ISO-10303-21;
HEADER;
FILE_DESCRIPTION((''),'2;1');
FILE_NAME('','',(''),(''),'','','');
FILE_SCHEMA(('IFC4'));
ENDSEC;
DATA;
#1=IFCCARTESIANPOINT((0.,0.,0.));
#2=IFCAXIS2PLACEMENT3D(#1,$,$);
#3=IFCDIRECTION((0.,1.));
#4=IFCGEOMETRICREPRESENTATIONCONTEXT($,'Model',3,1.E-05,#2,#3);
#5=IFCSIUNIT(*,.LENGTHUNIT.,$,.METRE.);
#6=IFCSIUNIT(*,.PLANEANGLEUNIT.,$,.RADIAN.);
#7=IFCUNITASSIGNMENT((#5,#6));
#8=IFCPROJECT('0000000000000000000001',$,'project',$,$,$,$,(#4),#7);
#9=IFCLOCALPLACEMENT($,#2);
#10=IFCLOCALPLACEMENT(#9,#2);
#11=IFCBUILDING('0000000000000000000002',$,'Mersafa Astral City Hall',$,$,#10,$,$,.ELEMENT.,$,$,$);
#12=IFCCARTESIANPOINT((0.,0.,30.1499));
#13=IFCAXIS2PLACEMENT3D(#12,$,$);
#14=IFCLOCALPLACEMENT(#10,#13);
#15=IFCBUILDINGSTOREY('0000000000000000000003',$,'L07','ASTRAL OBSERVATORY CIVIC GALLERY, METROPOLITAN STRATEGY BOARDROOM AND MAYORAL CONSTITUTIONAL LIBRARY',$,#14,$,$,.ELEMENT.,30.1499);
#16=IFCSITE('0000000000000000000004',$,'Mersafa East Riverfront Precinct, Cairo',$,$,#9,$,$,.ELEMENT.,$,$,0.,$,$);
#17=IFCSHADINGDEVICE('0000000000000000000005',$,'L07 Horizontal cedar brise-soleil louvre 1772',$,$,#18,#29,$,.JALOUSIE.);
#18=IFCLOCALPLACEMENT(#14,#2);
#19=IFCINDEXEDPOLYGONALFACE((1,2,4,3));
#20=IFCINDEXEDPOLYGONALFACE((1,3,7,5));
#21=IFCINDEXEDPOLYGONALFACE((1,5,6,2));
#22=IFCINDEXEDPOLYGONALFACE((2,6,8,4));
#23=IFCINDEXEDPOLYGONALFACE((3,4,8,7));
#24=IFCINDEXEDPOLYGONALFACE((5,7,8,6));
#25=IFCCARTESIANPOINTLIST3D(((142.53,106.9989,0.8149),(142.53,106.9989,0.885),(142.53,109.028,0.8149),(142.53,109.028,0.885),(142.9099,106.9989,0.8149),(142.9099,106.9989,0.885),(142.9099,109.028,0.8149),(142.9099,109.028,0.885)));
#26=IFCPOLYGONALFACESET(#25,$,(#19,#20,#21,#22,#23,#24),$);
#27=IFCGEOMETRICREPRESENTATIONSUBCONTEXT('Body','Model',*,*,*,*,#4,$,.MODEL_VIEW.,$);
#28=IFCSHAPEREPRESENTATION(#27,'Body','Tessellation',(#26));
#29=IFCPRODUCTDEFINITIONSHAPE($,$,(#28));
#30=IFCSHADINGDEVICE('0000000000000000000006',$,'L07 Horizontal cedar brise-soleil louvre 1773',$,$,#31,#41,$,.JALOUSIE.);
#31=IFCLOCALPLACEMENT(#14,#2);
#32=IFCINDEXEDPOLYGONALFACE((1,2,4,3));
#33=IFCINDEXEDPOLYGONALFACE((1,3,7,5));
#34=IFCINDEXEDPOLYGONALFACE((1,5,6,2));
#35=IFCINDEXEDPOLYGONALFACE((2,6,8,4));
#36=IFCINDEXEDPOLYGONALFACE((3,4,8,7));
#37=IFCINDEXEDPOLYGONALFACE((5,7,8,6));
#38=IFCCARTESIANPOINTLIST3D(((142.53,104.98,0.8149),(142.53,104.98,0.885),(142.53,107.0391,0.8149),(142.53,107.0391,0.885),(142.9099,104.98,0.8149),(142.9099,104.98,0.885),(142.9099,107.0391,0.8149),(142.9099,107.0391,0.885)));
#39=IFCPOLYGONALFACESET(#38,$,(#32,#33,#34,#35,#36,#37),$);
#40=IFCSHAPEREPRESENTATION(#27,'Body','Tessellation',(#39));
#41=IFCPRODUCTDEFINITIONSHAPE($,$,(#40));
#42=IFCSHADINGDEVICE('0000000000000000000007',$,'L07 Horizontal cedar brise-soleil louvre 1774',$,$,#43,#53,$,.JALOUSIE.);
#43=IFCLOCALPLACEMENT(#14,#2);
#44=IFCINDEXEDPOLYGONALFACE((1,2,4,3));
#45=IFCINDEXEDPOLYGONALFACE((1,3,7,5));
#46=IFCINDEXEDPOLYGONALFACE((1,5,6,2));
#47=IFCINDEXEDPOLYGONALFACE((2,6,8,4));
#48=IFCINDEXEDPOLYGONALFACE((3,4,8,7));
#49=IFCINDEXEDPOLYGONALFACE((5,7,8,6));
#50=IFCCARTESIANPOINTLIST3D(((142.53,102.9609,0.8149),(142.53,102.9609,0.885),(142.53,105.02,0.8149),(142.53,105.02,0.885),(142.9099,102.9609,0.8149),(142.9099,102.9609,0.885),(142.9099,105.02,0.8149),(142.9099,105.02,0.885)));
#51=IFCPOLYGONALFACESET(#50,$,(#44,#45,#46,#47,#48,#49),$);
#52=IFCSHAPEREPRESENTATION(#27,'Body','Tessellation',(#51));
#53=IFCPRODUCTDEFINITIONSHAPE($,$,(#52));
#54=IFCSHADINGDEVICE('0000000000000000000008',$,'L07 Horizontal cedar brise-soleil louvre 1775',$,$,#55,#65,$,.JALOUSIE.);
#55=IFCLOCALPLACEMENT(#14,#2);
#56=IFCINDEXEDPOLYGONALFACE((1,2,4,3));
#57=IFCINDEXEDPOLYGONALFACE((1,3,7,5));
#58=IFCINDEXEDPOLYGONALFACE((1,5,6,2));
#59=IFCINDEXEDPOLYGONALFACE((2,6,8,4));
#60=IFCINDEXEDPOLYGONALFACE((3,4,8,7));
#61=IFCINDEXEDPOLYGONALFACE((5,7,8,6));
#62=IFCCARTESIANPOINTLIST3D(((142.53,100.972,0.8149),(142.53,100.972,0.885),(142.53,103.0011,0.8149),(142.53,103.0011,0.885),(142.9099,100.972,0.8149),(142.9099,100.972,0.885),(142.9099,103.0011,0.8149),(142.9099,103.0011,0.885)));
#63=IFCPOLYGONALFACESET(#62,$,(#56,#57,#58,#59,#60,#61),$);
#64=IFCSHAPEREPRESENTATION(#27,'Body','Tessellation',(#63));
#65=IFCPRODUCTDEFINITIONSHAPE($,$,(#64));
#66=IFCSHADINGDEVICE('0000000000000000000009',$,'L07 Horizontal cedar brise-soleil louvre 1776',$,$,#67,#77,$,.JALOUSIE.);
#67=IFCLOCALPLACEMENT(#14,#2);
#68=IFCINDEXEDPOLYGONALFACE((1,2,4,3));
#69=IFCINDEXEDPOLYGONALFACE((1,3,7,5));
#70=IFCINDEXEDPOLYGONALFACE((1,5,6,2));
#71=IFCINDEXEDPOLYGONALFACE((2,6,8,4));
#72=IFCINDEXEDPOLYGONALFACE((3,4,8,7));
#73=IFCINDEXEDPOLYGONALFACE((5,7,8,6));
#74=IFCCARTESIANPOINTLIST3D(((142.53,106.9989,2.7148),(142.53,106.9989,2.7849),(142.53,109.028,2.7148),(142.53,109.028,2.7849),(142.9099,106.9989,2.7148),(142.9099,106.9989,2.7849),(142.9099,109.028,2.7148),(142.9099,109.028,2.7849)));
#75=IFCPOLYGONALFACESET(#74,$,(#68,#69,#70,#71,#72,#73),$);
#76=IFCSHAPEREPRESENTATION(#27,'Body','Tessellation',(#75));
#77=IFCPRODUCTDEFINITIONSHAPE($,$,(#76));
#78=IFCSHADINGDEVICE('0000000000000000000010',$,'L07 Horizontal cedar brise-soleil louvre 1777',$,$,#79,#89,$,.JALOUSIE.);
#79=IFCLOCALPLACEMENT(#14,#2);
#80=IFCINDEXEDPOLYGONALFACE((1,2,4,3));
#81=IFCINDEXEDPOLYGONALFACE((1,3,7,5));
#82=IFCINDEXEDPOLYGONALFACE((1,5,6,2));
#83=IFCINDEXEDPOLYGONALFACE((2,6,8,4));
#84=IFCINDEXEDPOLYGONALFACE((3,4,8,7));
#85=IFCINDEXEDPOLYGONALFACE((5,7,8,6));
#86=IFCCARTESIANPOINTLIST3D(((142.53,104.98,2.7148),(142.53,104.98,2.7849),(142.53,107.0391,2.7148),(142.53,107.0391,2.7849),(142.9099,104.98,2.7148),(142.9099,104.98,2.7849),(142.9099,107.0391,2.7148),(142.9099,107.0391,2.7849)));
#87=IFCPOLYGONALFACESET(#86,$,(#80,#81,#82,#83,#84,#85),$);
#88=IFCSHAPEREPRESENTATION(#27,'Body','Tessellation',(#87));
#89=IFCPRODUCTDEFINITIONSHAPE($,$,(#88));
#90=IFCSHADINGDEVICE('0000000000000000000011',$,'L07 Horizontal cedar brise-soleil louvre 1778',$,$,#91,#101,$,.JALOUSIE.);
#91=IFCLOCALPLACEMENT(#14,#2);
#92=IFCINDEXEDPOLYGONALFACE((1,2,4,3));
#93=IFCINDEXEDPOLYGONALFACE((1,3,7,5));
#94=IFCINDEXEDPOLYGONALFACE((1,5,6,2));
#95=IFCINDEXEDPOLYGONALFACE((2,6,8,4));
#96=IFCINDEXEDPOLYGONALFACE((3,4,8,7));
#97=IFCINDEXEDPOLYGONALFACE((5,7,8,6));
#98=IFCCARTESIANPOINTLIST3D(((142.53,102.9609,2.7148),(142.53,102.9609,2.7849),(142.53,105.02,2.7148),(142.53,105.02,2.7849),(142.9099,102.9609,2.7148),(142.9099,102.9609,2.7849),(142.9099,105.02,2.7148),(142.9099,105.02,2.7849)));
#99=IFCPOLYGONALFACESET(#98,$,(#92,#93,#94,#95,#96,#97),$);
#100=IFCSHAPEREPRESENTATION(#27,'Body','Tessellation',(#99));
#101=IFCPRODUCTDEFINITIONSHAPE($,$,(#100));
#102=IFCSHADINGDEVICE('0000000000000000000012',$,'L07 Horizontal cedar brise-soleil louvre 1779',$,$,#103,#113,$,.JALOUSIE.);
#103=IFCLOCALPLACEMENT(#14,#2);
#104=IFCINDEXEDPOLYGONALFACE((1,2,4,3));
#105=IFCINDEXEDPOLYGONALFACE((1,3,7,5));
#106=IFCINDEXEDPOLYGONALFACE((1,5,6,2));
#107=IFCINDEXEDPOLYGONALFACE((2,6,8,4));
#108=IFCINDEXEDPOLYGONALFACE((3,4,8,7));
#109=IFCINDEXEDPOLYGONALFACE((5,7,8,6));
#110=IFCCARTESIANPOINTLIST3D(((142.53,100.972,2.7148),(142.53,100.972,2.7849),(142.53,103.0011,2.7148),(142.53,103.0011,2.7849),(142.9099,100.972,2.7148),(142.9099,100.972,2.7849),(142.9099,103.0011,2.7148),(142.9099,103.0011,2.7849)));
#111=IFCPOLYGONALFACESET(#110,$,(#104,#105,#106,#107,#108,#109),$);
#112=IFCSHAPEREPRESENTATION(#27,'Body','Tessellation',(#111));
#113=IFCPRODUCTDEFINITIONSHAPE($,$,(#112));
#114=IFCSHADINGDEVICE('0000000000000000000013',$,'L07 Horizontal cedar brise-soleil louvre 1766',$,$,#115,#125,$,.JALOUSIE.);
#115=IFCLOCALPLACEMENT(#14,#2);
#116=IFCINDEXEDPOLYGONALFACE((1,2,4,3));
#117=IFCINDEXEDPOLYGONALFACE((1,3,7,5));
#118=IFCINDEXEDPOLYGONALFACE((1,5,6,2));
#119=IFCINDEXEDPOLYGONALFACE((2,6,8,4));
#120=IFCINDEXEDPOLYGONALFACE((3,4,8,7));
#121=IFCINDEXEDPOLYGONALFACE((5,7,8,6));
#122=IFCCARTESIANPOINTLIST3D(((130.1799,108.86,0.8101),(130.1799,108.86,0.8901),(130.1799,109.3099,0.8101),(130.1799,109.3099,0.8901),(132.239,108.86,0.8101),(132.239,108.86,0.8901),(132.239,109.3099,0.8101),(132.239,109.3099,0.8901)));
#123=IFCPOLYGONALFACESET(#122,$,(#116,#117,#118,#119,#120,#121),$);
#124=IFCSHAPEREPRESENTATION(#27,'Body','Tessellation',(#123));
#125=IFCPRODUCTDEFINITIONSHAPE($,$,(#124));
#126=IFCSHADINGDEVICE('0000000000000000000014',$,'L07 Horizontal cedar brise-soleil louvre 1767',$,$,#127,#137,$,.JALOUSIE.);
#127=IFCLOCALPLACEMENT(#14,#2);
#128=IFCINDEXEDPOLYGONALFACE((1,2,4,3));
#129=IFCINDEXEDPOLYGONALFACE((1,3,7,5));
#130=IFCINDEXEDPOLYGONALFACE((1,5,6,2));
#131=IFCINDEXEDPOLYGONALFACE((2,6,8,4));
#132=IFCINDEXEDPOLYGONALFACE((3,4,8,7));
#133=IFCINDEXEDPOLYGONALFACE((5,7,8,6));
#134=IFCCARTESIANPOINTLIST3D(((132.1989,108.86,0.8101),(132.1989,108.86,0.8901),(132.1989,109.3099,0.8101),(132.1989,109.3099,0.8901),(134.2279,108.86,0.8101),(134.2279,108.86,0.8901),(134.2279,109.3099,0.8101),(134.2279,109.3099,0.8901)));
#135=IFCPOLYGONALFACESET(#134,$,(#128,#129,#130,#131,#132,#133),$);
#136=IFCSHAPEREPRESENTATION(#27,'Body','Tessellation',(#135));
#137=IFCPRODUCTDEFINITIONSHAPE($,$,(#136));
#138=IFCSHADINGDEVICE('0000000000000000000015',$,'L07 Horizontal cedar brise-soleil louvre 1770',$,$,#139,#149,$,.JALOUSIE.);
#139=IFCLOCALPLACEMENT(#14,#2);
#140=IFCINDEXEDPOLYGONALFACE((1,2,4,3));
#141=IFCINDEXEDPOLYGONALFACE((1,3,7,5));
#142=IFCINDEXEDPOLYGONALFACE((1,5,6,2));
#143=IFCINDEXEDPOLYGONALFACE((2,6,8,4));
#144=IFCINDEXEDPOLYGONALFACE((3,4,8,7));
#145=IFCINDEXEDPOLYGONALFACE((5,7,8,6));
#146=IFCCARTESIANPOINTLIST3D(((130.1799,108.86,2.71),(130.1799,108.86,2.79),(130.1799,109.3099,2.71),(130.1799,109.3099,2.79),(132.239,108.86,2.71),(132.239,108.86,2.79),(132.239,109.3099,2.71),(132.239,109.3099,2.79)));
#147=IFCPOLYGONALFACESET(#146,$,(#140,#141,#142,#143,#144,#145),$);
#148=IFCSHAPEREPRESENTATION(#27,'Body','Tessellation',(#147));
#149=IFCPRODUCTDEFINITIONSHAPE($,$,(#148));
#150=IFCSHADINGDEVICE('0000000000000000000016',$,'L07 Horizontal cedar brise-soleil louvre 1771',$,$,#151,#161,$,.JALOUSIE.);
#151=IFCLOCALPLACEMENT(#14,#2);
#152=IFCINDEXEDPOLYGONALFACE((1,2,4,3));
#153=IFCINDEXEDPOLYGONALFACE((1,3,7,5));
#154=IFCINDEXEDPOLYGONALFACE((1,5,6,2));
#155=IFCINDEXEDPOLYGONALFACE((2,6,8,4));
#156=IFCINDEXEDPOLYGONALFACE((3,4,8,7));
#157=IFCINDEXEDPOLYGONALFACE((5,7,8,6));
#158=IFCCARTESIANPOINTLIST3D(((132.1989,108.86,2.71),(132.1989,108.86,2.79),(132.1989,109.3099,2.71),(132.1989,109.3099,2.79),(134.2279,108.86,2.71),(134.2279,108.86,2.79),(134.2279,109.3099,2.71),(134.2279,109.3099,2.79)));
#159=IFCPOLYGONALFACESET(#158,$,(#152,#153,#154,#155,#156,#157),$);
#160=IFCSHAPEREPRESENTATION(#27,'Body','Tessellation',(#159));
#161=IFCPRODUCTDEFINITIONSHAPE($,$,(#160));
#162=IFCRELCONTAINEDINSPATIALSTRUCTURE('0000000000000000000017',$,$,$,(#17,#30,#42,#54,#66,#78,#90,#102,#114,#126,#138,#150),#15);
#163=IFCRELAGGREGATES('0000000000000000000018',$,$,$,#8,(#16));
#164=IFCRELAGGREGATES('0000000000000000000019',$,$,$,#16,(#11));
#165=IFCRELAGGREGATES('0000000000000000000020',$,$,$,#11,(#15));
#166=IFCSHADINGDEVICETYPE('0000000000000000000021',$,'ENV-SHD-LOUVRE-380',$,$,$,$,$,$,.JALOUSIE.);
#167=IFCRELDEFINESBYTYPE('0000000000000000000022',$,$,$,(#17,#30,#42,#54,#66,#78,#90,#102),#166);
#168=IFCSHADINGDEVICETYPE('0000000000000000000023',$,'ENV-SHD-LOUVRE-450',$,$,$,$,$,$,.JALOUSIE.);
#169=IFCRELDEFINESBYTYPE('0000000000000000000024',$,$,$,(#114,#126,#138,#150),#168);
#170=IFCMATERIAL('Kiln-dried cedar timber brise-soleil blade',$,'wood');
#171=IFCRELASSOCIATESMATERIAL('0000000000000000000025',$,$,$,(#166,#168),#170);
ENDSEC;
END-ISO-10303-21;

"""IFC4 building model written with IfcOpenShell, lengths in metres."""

from ifc_helpers import new_model, si_unit, direction, frame, origin, origin_2d, place, context, subcontext, project, spatial, rectangle, extrude, material, type_object, element, save


model = new_model("IFC4")

# Units and contexts
model_context = context("Model", 3, precision=1e-05, world=origin(), true_north=direction((0.0, 1.0)))
body_context = subcontext(model_context, "Body", "Model", "MODEL_VIEW")
ifc_project = project(units=[si_unit("LENGTHUNIT", "METRE"), si_unit("PLANEANGLEUNIT", "RADIAN")], contexts=[model_context])

# Site, building, storey
site_placement = place(None, origin())
site = spatial("IfcSite", under=ifc_project, at=site_placement, Name="Mersafa East Riverfront Precinct, Cairo", CompositionType="ELEMENT", RefElevation=0.0)
building_placement = place(site_placement, origin())
building = spatial("IfcBuilding", under=site, at=building_placement, Name="Mersafa Astral City Hall", CompositionType="ELEMENT")
storey_placement = place(building_placement, frame((0.0, 0.0, 30.1499)))
storey = spatial("IfcBuildingStorey", under=building, at=storey_placement, Name="L07", Description="ASTRAL OBSERVATORY CIVIC GALLERY, METROPOLITAN STRATEGY BOARDROOM AND MAYORAL CONSTITUTIONAL LIBRARY", CompositionType="ELEMENT", Elevation=30.1499)

# Shading devices
ifc_material_1 = material(Name="Kiln-dried cedar timber brise-soleil blade", Category="wood")
shading_device_type_1 = type_object("IfcShadingDeviceType", Name="ENV-SHD-LOUVRE-380", PredefinedType="JALOUSIE", material=ifc_material_1)
shading_device_1_placement = place(storey_placement, frame((142.72, 108.0134, 0.8149), z_axis=(0.0, 0.0, 1.0), x_axis=(0.0, -1.0, 0.0)))
element("IfcShadingDevice", 1, at=shading_device_1_placement, inside=storey, type_object=shading_device_type_1, Name="L07 Horizontal cedar brise-soleil louvre 1772", PredefinedType="JALOUSIE", context=body_context, shape_type="SweptSolid", body=[
    extrude(rectangle(XDim=2.0291, YDim=0.3799, at=origin_2d()), origin(), (0.0, 0.0, 1.0), 0.0701),
])
for number, where, z_axis, x_axis, name in (
    (2, (142.72, 106.0095, 0.8149), (0.0, 0.0, 1.0), (0.0, -1.0, 0.0), "L07 Horizontal cedar brise-soleil louvre 1773"),
    (3, (142.72, 103.9905, 0.8149), (0.0, 0.0, 1.0), (0.0, -1.0, 0.0), "L07 Horizontal cedar brise-soleil louvre 1774"),
):
    element("IfcShadingDevice", number, at=place(storey_placement, frame(where, z_axis=z_axis, x_axis=x_axis)), inside=storey, type_object=shading_device_type_1, Name=name, PredefinedType="JALOUSIE", context=body_context, shape_type="SweptSolid", body=[
        extrude(rectangle(XDim=2.0591, YDim=0.3799, at=origin_2d()), origin(), (0.0, 0.0, 1.0), 0.0701),
    ])
for number, where, z_axis, x_axis, name in (
    (4, (142.72, 101.9866, 0.8149), (0.0, 0.0, 1.0), (0.0, -1.0, 0.0), "L07 Horizontal cedar brise-soleil louvre 1775"),
    (5, (142.72, 108.0134, 2.7148), (0.0, 0.0, 1.0), (0.0, -1.0, 0.0), "L07 Horizontal cedar brise-soleil louvre 1776"),
):
    element("IfcShadingDevice", number, at=place(storey_placement, frame(where, z_axis=z_axis, x_axis=x_axis)), inside=storey, type_object=shading_device_type_1, Name=name, PredefinedType="JALOUSIE", context=body_context, shape_type="SweptSolid", body=[
        extrude(rectangle(XDim=2.0291, YDim=0.3799, at=origin_2d()), origin(), (0.0, 0.0, 1.0), 0.0701),
    ])
for number, where, z_axis, x_axis, name in (
    (6, (142.72, 106.0095, 2.7148), (0.0, 0.0, 1.0), (0.0, -1.0, 0.0), "L07 Horizontal cedar brise-soleil louvre 1777"),
    (7, (142.72, 103.9905, 2.7148), (0.0, 0.0, 1.0), (0.0, -1.0, 0.0), "L07 Horizontal cedar brise-soleil louvre 1778"),
):
    element("IfcShadingDevice", number, at=place(storey_placement, frame(where, z_axis=z_axis, x_axis=x_axis)), inside=storey, type_object=shading_device_type_1, Name=name, PredefinedType="JALOUSIE", context=body_context, shape_type="SweptSolid", body=[
        extrude(rectangle(XDim=2.0591, YDim=0.3799, at=origin_2d()), origin(), (0.0, 0.0, 1.0), 0.0701),
    ])
shading_device_2_placement = place(storey_placement, frame((142.72, 101.9866, 2.7148), z_axis=(0.0, 0.0, 1.0), x_axis=(0.0, -1.0, 0.0)))
element("IfcShadingDevice", 8, at=shading_device_2_placement, inside=storey, type_object=shading_device_type_1, Name="L07 Horizontal cedar brise-soleil louvre 1779", PredefinedType="JALOUSIE", context=body_context, shape_type="SweptSolid", body=[
    extrude(rectangle(XDim=2.0291, YDim=0.3799, at=origin_2d()), origin(), (0.0, 0.0, 1.0), 0.0701),
])
shading_device_type_2 = type_object("IfcShadingDeviceType", Name="ENV-SHD-LOUVRE-450", PredefinedType="JALOUSIE", material=ifc_material_1)
shading_device_3_placement = place(storey_placement, frame((131.2095, 109.085, 0.8101), z_axis=(0.0, 0.0, 1.0), x_axis=(1.0, 0.0, 0.0)))
element("IfcShadingDevice", 9, at=shading_device_3_placement, inside=storey, type_object=shading_device_type_2, Name="L07 Horizontal cedar brise-soleil louvre 1766", PredefinedType="JALOUSIE", context=body_context, shape_type="SweptSolid", body=[
    extrude(rectangle(XDim=2.0591, YDim=0.45, at=origin_2d()), origin(), (0.0, 0.0, 1.0), 0.0801),
])
shading_device_4_placement = place(storey_placement, frame((133.2134, 109.085, 0.8101), z_axis=(0.0, 0.0, 1.0), x_axis=(1.0, 0.0, 0.0)))
element("IfcShadingDevice", 10, at=shading_device_4_placement, inside=storey, type_object=shading_device_type_2, Name="L07 Horizontal cedar brise-soleil louvre 1767", PredefinedType="JALOUSIE", context=body_context, shape_type="SweptSolid", body=[
    extrude(rectangle(XDim=2.0291, YDim=0.45, at=origin_2d()), origin(), (0.0, 0.0, 1.0), 0.0801),
])
shading_device_5_placement = place(storey_placement, frame((131.2095, 109.085, 2.71), z_axis=(0.0, 0.0, 1.0), x_axis=(1.0, 0.0, 0.0)))
element("IfcShadingDevice", 11, at=shading_device_5_placement, inside=storey, type_object=shading_device_type_2, Name="L07 Horizontal cedar brise-soleil louvre 1770", PredefinedType="JALOUSIE", context=body_context, shape_type="SweptSolid", body=[
    extrude(rectangle(XDim=2.0591, YDim=0.45, at=origin_2d()), origin(), (0.0, 0.0, 1.0), 0.0801),
])
shading_device_6_placement = place(storey_placement, frame((133.2134, 109.085, 2.71), z_axis=(0.0, 0.0, 1.0), x_axis=(1.0, 0.0, 0.0)))
element("IfcShadingDevice", 12, at=shading_device_6_placement, inside=storey, type_object=shading_device_type_2, Name="L07 Horizontal cedar brise-soleil louvre 1771", PredefinedType="JALOUSIE", context=body_context, shape_type="SweptSolid", body=[
    extrude(rectangle(XDim=2.0291, YDim=0.45, at=origin_2d()), origin(), (0.0, 0.0, 1.0), 0.0801),
])

save(model, "model.ifc")
